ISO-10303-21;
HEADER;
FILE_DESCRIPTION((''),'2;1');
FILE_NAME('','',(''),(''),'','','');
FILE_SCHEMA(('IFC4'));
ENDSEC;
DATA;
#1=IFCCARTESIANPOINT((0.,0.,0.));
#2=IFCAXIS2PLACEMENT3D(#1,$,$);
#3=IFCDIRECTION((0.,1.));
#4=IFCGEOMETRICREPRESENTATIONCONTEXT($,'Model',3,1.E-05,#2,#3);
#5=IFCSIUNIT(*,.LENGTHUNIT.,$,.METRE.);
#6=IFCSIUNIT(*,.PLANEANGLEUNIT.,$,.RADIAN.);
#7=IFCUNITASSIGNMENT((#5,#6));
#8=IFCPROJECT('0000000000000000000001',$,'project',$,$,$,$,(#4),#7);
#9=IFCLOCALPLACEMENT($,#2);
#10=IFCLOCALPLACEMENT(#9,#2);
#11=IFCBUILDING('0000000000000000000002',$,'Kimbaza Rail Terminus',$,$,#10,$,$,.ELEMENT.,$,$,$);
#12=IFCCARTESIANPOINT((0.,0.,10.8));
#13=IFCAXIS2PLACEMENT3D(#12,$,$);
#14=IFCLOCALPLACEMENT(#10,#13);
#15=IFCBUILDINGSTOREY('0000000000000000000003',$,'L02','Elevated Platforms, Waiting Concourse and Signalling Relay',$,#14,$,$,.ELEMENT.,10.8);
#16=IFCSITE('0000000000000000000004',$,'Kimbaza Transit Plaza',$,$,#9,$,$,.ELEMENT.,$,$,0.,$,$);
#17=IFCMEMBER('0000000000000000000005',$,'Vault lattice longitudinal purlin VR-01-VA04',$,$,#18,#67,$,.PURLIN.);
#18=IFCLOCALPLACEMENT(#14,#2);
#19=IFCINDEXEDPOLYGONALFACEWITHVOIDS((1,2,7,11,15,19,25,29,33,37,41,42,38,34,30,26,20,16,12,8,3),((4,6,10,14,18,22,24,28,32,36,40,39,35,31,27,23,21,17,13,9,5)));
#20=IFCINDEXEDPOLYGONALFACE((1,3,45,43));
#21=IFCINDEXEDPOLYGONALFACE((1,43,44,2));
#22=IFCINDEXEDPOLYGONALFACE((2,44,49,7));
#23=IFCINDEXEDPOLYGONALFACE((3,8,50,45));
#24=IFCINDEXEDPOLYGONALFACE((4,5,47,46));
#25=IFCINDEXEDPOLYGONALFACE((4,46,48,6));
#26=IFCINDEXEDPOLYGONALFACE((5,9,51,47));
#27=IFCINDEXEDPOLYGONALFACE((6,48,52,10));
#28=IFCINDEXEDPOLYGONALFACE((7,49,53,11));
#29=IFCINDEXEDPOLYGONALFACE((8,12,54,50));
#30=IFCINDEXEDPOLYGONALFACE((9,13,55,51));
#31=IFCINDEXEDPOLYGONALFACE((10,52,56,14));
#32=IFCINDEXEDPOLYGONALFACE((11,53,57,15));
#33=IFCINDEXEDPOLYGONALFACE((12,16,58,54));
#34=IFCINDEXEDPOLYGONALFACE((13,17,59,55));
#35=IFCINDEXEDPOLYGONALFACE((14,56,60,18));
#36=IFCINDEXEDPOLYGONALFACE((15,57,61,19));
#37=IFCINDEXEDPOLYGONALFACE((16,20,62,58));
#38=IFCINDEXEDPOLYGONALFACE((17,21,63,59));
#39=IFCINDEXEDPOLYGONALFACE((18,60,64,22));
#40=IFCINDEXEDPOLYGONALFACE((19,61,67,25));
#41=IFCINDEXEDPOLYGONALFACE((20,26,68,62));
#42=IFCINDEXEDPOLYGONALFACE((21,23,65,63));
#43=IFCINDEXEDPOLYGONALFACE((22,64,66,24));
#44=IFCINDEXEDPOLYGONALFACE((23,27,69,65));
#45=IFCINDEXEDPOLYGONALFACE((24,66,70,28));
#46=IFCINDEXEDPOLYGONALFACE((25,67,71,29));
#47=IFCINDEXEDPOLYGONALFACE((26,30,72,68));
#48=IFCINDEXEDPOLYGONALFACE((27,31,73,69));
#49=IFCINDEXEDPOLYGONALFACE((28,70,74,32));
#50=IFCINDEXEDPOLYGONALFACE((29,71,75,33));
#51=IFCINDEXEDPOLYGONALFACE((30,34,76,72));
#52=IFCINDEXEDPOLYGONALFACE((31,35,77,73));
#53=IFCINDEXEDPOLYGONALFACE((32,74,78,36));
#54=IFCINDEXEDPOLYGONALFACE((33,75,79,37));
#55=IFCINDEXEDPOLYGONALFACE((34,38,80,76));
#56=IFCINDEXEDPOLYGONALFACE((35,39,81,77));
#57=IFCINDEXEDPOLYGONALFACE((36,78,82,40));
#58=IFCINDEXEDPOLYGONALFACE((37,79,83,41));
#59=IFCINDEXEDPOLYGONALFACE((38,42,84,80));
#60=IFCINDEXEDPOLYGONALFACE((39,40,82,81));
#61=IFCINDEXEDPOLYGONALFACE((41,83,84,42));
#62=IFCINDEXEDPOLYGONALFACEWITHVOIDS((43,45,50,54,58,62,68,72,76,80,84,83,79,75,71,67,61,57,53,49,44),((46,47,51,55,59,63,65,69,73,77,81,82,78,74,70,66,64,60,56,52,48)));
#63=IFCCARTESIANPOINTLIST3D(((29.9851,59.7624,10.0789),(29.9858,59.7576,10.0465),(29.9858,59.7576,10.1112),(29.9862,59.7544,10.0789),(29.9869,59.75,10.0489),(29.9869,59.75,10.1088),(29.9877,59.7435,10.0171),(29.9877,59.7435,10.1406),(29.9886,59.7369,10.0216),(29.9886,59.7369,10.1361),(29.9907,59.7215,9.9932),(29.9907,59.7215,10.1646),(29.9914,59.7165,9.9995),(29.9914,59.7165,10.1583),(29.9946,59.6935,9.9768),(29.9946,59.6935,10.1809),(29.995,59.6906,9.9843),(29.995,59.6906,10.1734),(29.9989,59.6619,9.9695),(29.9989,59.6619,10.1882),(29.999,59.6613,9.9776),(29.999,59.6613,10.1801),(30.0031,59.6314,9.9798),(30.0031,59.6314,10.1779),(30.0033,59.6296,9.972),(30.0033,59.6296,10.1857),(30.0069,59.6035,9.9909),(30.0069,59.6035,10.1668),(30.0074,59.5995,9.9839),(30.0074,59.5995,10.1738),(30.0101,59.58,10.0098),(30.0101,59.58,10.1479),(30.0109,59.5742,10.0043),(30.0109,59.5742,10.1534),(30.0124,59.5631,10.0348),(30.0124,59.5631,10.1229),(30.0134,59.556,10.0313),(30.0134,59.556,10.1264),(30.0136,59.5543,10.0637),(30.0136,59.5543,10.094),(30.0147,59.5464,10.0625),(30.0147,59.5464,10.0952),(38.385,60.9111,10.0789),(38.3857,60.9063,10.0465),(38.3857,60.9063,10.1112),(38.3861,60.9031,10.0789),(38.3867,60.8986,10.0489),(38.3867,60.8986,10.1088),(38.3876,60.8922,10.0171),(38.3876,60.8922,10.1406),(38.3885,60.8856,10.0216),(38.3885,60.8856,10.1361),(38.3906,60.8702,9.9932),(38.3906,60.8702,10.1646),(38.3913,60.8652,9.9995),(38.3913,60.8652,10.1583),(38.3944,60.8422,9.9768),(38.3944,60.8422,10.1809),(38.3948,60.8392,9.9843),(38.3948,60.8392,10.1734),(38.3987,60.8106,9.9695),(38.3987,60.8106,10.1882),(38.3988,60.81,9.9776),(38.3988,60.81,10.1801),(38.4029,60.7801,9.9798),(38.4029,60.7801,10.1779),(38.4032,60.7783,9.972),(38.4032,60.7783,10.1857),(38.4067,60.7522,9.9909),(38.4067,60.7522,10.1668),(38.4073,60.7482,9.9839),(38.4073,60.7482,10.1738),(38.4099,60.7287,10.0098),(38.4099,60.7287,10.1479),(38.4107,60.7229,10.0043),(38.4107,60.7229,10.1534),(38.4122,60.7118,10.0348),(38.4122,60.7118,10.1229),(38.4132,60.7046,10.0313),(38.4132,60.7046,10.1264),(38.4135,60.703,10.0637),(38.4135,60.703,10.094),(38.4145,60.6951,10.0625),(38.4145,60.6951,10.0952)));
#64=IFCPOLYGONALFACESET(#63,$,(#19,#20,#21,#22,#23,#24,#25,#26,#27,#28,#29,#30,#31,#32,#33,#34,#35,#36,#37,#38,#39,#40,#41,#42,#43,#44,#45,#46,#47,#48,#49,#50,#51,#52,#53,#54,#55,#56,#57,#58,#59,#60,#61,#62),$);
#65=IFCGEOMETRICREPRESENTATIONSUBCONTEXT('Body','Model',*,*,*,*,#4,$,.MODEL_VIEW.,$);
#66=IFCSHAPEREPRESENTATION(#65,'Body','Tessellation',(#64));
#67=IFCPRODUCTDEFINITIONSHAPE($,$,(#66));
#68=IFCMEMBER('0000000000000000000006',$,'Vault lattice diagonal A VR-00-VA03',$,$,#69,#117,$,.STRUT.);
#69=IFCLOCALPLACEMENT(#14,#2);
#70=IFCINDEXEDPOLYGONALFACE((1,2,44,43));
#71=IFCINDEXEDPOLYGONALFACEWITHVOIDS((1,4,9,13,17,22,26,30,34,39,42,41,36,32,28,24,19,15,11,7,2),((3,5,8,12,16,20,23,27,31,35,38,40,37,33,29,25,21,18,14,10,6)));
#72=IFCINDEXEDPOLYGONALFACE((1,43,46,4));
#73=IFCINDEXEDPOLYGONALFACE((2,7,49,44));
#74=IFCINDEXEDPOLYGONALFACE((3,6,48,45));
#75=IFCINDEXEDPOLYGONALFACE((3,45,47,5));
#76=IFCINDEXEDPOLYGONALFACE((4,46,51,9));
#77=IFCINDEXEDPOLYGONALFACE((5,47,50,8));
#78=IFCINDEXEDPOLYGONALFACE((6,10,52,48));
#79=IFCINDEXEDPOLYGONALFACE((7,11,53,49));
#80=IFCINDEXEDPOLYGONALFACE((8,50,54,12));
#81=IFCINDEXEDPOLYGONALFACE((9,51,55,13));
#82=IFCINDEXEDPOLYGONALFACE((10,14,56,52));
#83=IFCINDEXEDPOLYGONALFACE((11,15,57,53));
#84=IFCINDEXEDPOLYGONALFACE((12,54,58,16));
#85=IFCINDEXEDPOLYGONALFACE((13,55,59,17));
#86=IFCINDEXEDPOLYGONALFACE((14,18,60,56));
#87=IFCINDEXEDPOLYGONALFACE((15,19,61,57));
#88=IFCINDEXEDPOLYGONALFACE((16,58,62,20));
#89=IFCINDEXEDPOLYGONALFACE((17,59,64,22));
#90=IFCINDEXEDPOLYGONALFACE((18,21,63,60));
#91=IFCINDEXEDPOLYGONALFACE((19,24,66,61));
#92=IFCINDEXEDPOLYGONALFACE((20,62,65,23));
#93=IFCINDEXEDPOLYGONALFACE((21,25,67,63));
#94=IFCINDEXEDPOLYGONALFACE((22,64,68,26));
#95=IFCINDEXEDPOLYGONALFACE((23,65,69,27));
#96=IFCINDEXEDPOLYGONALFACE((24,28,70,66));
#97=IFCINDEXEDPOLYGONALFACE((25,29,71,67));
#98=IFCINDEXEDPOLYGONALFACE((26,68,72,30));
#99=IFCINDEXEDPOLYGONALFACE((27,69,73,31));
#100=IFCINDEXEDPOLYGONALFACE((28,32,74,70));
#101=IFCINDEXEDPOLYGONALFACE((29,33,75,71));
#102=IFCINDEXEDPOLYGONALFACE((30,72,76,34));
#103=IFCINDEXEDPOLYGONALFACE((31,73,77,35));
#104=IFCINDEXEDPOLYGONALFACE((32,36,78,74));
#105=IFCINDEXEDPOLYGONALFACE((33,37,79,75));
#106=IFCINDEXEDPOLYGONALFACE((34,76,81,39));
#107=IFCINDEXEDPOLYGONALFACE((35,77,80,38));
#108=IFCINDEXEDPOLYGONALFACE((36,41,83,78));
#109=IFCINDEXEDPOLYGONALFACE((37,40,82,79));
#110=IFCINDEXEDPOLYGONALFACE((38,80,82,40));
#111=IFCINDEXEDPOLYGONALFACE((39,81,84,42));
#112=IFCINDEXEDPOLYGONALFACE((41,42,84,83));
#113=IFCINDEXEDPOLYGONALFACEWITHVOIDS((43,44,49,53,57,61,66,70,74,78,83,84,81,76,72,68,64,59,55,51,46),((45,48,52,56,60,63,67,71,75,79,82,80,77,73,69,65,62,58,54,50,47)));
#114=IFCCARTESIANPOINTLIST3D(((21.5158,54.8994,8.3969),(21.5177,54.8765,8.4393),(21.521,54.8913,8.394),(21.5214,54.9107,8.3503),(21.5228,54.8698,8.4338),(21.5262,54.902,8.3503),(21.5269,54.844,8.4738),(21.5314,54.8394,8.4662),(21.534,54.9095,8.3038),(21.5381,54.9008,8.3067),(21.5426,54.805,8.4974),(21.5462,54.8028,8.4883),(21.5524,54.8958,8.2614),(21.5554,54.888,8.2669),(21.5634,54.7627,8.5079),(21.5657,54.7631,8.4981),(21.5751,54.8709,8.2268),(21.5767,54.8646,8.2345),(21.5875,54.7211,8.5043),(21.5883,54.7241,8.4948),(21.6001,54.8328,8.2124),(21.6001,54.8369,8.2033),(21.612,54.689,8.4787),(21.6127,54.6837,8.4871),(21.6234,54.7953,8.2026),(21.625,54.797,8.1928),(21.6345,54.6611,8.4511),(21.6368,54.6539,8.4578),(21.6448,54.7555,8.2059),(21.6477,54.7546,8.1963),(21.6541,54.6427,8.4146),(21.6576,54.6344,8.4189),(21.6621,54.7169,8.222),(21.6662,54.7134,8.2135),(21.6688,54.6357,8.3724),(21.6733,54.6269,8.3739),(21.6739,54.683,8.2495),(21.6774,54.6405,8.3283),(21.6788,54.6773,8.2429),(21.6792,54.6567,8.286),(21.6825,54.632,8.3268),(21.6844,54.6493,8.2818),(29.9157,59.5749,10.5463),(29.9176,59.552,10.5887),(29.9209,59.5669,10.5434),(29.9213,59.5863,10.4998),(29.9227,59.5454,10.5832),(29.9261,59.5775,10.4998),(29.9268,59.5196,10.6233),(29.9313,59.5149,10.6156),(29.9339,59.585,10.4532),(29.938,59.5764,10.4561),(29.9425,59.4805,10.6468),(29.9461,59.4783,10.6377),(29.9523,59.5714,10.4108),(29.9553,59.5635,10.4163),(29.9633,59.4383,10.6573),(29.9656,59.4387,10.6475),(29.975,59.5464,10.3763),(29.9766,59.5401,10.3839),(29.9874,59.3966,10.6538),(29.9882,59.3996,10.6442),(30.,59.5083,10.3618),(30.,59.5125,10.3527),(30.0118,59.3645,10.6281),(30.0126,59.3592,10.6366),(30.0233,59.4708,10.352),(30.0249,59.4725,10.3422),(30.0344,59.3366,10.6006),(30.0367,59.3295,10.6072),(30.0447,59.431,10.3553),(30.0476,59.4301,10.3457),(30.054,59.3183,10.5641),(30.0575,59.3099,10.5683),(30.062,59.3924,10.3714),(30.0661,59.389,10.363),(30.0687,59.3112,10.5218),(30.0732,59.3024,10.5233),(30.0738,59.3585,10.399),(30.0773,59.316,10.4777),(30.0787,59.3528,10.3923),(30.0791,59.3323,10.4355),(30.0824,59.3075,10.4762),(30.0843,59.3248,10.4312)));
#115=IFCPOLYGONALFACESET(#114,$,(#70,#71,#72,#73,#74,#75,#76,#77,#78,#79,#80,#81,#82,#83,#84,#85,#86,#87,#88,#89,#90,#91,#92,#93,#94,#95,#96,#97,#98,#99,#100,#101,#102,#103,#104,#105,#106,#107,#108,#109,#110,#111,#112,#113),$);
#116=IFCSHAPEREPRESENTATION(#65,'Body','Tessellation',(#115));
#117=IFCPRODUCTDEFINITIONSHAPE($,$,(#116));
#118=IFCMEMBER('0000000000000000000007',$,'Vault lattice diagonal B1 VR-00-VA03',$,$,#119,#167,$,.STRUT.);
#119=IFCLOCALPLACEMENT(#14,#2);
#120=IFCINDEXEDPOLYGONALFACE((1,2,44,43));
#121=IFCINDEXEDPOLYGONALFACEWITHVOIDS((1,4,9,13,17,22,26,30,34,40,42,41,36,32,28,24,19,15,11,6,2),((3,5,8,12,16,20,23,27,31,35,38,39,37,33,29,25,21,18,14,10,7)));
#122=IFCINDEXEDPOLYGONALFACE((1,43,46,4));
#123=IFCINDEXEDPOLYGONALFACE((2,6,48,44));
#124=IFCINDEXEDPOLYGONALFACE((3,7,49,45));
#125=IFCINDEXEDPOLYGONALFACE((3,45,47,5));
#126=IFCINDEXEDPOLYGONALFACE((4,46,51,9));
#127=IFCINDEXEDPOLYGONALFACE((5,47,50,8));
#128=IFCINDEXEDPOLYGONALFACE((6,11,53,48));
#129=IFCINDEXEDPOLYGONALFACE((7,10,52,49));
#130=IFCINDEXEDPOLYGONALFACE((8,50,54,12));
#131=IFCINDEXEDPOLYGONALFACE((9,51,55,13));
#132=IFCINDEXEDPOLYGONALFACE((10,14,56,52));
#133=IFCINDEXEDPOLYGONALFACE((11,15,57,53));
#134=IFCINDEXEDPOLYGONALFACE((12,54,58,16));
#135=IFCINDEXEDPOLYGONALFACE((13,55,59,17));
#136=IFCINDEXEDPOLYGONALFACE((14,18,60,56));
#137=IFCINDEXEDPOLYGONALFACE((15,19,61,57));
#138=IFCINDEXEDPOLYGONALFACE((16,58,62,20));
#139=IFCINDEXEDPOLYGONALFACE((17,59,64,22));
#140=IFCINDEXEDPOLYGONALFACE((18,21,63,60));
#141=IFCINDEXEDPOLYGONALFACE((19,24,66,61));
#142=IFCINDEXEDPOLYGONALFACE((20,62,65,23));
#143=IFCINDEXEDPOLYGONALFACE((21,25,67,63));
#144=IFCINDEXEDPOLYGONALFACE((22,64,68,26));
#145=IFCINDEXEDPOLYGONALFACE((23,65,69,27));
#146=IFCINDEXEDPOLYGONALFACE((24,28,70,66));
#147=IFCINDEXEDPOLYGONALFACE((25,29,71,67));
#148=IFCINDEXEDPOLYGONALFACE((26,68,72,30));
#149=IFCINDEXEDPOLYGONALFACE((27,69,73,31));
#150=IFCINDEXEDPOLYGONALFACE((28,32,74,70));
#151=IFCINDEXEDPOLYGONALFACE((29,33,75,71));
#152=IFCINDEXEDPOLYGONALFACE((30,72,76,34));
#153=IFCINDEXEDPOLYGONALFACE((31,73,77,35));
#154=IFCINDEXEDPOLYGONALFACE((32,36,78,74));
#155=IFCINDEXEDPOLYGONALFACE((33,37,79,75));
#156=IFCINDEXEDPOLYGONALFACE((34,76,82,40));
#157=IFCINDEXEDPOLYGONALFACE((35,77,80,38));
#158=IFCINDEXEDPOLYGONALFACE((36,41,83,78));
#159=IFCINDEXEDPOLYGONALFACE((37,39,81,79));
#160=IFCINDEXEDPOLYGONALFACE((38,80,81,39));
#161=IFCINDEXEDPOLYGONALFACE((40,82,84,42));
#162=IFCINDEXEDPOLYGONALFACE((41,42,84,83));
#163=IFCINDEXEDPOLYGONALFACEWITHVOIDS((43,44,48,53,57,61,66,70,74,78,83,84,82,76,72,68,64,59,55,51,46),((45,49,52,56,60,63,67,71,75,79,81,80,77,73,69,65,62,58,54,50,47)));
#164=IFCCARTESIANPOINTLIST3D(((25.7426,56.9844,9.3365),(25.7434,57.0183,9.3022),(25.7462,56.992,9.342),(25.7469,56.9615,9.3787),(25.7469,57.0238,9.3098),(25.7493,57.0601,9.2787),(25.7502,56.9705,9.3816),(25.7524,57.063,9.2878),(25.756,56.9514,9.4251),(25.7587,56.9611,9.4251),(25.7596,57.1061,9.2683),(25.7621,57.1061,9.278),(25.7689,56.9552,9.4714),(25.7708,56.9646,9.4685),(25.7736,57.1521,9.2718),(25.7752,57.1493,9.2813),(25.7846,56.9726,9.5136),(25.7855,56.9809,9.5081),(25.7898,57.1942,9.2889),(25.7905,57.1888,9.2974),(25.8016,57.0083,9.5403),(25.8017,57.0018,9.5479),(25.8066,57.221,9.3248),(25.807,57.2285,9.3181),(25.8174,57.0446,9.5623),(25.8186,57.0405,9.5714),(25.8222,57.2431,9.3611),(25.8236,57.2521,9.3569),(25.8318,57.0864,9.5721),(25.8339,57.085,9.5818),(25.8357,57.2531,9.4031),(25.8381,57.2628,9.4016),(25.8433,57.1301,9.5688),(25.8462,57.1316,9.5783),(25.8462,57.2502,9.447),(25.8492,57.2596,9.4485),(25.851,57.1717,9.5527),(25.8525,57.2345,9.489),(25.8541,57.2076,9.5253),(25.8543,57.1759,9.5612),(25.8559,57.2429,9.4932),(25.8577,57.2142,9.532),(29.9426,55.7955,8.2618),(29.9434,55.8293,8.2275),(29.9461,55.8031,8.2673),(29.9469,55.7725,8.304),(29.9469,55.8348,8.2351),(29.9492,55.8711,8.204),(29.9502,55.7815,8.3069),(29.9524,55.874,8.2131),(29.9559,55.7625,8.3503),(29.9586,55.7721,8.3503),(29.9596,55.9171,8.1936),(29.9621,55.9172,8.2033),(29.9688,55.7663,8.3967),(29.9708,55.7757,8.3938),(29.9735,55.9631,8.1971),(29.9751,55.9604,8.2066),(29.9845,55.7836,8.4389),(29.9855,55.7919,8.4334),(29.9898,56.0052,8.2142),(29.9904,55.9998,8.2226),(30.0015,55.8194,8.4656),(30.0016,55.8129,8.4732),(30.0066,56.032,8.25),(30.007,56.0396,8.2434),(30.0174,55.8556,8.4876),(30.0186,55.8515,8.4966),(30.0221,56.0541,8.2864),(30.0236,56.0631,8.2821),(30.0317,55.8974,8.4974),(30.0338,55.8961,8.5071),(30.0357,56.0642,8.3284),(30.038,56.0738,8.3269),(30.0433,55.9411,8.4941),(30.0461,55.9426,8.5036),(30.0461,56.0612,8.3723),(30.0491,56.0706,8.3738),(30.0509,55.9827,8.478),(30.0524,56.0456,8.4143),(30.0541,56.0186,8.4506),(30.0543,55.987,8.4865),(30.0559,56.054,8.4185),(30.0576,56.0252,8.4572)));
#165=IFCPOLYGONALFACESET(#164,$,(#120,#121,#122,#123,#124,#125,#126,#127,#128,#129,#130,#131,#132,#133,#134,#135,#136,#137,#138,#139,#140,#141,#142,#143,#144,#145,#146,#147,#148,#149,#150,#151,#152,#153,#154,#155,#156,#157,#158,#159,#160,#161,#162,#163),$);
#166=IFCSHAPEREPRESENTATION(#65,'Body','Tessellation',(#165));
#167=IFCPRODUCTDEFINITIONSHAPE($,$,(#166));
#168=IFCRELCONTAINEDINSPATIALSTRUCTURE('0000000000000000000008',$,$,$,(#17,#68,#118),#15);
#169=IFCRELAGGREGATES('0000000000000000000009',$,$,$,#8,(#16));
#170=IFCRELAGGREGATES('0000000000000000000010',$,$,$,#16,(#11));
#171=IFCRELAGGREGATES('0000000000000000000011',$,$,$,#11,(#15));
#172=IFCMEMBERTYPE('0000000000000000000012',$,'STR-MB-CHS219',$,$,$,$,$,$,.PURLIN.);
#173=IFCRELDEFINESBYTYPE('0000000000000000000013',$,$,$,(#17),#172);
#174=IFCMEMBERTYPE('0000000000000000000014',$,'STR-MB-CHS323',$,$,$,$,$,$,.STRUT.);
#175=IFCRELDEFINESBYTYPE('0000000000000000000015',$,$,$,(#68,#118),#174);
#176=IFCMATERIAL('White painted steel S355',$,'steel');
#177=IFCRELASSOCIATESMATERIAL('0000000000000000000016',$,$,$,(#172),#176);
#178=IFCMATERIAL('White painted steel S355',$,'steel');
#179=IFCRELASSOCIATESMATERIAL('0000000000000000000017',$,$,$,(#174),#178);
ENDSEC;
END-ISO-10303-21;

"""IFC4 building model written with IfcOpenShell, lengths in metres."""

from ifc_helpers import new_model, si_unit, direction, frame, origin, origin_2d, place, context, subcontext, project, spatial, hollow_circle, extrude, material, material_profile, profile_set, type_object, element, save


model = new_model("IFC4")

# Units and contexts
model_context = context("Model", 3, precision=1e-05, world=origin(), true_north=direction((0.0, 1.0)))
body_context = subcontext(model_context, "Body", "Model", "MODEL_VIEW")
ifc_project = project(units=[si_unit("LENGTHUNIT", "METRE"), si_unit("PLANEANGLEUNIT", "RADIAN")], contexts=[model_context])

# Site, building, storey
site_placement = place(None, origin())
site = spatial("IfcSite", under=ifc_project, at=site_placement, Name="Kimbaza Transit Plaza", CompositionType="ELEMENT", RefElevation=0.0)
building_placement = place(site_placement, origin())
building = spatial("IfcBuilding", under=site, at=building_placement, Name="Kimbaza Rail Terminus", CompositionType="ELEMENT")
storey_placement = place(building_placement, frame((0.0, 0.0, 10.8)))
storey = spatial("IfcBuildingStorey", under=building, at=storey_placement, Name="L02", Description="Elevated Platforms, Waiting Concourse and Signalling Relay", CompositionType="ELEMENT", Elevation=10.8)

# Members
ifc_material_1 = material(Name="White painted steel S355", Category="steel")
ifc_material_profile_1 = material_profile(ifc_material_1, hollow_circle(Radius=0.1096, WallThickness=0.0081, at=origin_2d()), Name="CHS 219.1x8")
ifc_profile_set_1 = profile_set([ifc_material_profile_1], Name="White painted steel S355")
member_type_1 = type_object("IfcMemberType", Name="STR-MB-CHS219", PredefinedType="PURLIN", material=ifc_profile_set_1)
for number, where, z_axis, x_axis, name in (
    (1, (30.0, 59.6538, 10.0789), (0.990779, 0.135488, 0.0), (-0.135488, 0.990779, 0.0), "Vault lattice longitudinal purlin VR-01-VA04"),
):
    element("IfcMember", number, at=place(storey_placement, frame(where, z_axis=z_axis, x_axis=x_axis)), inside=storey, type_object=member_type_1, Name=name, PredefinedType="PURLIN", context=body_context, shape_type="SweptSolid", body=[
        extrude(hollow_circle(Radius=0.1096, WallThickness=0.0081, at=origin_2d()), origin(), (0.0, 0.0, 1.0), 8.478),
    ])
ifc_material_2 = material(Name="White painted steel S355", Category="steel")
ifc_material_profile_2 = material_profile(ifc_material_2, hollow_circle(Radius=0.1619, WallThickness=0.01, at=origin_2d()), Name="CHS 323.9x10")
ifc_profile_set_2 = profile_set([ifc_material_profile_2], Name="White painted steel S355")
member_type_2 = type_object("IfcMemberType", Name="STR-MB-CHS323", PredefinedType="STRUT", material=ifc_profile_set_2)
member_1_placement = place(storey_placement, frame((21.6001, 54.7693, 8.3503), z_axis=(0.85271, 0.474633, 0.218196), x_axis=(-0.486352, 0.873763, 0.0)))
element("IfcMember", 2, at=member_1_placement, inside=storey, type_object=member_type_2, Name="Vault lattice diagonal A VR-00-VA03", PredefinedType="STRUT", context=body_context, shape_type="SweptSolid", body=[
    extrude(hollow_circle(Radius=0.1619, WallThickness=0.01, at=origin_2d()), origin(), (0.0, 0.0, 1.0), 9.8508),
])
for number, where, z_axis, x_axis, name in (
    (3, (30.0, 55.9182, 8.3503), (-0.934287, 0.264487, 0.239071), (-0.272386, -0.962188, 0.0), "Vault lattice diagonal B1 VR-00-VA03"),
):
    element("IfcMember", number, at=place(storey_placement, frame(where, z_axis=z_axis, x_axis=x_axis)), inside=storey, type_object=member_type_2, Name=name, PredefinedType="STRUT", context=body_context, shape_type="SweptSolid", body=[
        extrude(hollow_circle(Radius=0.1619, WallThickness=0.01, at=origin_2d()), origin(), (0.0, 0.0, 1.0), 4.4954),
    ])

save(model, "model.ifc")
